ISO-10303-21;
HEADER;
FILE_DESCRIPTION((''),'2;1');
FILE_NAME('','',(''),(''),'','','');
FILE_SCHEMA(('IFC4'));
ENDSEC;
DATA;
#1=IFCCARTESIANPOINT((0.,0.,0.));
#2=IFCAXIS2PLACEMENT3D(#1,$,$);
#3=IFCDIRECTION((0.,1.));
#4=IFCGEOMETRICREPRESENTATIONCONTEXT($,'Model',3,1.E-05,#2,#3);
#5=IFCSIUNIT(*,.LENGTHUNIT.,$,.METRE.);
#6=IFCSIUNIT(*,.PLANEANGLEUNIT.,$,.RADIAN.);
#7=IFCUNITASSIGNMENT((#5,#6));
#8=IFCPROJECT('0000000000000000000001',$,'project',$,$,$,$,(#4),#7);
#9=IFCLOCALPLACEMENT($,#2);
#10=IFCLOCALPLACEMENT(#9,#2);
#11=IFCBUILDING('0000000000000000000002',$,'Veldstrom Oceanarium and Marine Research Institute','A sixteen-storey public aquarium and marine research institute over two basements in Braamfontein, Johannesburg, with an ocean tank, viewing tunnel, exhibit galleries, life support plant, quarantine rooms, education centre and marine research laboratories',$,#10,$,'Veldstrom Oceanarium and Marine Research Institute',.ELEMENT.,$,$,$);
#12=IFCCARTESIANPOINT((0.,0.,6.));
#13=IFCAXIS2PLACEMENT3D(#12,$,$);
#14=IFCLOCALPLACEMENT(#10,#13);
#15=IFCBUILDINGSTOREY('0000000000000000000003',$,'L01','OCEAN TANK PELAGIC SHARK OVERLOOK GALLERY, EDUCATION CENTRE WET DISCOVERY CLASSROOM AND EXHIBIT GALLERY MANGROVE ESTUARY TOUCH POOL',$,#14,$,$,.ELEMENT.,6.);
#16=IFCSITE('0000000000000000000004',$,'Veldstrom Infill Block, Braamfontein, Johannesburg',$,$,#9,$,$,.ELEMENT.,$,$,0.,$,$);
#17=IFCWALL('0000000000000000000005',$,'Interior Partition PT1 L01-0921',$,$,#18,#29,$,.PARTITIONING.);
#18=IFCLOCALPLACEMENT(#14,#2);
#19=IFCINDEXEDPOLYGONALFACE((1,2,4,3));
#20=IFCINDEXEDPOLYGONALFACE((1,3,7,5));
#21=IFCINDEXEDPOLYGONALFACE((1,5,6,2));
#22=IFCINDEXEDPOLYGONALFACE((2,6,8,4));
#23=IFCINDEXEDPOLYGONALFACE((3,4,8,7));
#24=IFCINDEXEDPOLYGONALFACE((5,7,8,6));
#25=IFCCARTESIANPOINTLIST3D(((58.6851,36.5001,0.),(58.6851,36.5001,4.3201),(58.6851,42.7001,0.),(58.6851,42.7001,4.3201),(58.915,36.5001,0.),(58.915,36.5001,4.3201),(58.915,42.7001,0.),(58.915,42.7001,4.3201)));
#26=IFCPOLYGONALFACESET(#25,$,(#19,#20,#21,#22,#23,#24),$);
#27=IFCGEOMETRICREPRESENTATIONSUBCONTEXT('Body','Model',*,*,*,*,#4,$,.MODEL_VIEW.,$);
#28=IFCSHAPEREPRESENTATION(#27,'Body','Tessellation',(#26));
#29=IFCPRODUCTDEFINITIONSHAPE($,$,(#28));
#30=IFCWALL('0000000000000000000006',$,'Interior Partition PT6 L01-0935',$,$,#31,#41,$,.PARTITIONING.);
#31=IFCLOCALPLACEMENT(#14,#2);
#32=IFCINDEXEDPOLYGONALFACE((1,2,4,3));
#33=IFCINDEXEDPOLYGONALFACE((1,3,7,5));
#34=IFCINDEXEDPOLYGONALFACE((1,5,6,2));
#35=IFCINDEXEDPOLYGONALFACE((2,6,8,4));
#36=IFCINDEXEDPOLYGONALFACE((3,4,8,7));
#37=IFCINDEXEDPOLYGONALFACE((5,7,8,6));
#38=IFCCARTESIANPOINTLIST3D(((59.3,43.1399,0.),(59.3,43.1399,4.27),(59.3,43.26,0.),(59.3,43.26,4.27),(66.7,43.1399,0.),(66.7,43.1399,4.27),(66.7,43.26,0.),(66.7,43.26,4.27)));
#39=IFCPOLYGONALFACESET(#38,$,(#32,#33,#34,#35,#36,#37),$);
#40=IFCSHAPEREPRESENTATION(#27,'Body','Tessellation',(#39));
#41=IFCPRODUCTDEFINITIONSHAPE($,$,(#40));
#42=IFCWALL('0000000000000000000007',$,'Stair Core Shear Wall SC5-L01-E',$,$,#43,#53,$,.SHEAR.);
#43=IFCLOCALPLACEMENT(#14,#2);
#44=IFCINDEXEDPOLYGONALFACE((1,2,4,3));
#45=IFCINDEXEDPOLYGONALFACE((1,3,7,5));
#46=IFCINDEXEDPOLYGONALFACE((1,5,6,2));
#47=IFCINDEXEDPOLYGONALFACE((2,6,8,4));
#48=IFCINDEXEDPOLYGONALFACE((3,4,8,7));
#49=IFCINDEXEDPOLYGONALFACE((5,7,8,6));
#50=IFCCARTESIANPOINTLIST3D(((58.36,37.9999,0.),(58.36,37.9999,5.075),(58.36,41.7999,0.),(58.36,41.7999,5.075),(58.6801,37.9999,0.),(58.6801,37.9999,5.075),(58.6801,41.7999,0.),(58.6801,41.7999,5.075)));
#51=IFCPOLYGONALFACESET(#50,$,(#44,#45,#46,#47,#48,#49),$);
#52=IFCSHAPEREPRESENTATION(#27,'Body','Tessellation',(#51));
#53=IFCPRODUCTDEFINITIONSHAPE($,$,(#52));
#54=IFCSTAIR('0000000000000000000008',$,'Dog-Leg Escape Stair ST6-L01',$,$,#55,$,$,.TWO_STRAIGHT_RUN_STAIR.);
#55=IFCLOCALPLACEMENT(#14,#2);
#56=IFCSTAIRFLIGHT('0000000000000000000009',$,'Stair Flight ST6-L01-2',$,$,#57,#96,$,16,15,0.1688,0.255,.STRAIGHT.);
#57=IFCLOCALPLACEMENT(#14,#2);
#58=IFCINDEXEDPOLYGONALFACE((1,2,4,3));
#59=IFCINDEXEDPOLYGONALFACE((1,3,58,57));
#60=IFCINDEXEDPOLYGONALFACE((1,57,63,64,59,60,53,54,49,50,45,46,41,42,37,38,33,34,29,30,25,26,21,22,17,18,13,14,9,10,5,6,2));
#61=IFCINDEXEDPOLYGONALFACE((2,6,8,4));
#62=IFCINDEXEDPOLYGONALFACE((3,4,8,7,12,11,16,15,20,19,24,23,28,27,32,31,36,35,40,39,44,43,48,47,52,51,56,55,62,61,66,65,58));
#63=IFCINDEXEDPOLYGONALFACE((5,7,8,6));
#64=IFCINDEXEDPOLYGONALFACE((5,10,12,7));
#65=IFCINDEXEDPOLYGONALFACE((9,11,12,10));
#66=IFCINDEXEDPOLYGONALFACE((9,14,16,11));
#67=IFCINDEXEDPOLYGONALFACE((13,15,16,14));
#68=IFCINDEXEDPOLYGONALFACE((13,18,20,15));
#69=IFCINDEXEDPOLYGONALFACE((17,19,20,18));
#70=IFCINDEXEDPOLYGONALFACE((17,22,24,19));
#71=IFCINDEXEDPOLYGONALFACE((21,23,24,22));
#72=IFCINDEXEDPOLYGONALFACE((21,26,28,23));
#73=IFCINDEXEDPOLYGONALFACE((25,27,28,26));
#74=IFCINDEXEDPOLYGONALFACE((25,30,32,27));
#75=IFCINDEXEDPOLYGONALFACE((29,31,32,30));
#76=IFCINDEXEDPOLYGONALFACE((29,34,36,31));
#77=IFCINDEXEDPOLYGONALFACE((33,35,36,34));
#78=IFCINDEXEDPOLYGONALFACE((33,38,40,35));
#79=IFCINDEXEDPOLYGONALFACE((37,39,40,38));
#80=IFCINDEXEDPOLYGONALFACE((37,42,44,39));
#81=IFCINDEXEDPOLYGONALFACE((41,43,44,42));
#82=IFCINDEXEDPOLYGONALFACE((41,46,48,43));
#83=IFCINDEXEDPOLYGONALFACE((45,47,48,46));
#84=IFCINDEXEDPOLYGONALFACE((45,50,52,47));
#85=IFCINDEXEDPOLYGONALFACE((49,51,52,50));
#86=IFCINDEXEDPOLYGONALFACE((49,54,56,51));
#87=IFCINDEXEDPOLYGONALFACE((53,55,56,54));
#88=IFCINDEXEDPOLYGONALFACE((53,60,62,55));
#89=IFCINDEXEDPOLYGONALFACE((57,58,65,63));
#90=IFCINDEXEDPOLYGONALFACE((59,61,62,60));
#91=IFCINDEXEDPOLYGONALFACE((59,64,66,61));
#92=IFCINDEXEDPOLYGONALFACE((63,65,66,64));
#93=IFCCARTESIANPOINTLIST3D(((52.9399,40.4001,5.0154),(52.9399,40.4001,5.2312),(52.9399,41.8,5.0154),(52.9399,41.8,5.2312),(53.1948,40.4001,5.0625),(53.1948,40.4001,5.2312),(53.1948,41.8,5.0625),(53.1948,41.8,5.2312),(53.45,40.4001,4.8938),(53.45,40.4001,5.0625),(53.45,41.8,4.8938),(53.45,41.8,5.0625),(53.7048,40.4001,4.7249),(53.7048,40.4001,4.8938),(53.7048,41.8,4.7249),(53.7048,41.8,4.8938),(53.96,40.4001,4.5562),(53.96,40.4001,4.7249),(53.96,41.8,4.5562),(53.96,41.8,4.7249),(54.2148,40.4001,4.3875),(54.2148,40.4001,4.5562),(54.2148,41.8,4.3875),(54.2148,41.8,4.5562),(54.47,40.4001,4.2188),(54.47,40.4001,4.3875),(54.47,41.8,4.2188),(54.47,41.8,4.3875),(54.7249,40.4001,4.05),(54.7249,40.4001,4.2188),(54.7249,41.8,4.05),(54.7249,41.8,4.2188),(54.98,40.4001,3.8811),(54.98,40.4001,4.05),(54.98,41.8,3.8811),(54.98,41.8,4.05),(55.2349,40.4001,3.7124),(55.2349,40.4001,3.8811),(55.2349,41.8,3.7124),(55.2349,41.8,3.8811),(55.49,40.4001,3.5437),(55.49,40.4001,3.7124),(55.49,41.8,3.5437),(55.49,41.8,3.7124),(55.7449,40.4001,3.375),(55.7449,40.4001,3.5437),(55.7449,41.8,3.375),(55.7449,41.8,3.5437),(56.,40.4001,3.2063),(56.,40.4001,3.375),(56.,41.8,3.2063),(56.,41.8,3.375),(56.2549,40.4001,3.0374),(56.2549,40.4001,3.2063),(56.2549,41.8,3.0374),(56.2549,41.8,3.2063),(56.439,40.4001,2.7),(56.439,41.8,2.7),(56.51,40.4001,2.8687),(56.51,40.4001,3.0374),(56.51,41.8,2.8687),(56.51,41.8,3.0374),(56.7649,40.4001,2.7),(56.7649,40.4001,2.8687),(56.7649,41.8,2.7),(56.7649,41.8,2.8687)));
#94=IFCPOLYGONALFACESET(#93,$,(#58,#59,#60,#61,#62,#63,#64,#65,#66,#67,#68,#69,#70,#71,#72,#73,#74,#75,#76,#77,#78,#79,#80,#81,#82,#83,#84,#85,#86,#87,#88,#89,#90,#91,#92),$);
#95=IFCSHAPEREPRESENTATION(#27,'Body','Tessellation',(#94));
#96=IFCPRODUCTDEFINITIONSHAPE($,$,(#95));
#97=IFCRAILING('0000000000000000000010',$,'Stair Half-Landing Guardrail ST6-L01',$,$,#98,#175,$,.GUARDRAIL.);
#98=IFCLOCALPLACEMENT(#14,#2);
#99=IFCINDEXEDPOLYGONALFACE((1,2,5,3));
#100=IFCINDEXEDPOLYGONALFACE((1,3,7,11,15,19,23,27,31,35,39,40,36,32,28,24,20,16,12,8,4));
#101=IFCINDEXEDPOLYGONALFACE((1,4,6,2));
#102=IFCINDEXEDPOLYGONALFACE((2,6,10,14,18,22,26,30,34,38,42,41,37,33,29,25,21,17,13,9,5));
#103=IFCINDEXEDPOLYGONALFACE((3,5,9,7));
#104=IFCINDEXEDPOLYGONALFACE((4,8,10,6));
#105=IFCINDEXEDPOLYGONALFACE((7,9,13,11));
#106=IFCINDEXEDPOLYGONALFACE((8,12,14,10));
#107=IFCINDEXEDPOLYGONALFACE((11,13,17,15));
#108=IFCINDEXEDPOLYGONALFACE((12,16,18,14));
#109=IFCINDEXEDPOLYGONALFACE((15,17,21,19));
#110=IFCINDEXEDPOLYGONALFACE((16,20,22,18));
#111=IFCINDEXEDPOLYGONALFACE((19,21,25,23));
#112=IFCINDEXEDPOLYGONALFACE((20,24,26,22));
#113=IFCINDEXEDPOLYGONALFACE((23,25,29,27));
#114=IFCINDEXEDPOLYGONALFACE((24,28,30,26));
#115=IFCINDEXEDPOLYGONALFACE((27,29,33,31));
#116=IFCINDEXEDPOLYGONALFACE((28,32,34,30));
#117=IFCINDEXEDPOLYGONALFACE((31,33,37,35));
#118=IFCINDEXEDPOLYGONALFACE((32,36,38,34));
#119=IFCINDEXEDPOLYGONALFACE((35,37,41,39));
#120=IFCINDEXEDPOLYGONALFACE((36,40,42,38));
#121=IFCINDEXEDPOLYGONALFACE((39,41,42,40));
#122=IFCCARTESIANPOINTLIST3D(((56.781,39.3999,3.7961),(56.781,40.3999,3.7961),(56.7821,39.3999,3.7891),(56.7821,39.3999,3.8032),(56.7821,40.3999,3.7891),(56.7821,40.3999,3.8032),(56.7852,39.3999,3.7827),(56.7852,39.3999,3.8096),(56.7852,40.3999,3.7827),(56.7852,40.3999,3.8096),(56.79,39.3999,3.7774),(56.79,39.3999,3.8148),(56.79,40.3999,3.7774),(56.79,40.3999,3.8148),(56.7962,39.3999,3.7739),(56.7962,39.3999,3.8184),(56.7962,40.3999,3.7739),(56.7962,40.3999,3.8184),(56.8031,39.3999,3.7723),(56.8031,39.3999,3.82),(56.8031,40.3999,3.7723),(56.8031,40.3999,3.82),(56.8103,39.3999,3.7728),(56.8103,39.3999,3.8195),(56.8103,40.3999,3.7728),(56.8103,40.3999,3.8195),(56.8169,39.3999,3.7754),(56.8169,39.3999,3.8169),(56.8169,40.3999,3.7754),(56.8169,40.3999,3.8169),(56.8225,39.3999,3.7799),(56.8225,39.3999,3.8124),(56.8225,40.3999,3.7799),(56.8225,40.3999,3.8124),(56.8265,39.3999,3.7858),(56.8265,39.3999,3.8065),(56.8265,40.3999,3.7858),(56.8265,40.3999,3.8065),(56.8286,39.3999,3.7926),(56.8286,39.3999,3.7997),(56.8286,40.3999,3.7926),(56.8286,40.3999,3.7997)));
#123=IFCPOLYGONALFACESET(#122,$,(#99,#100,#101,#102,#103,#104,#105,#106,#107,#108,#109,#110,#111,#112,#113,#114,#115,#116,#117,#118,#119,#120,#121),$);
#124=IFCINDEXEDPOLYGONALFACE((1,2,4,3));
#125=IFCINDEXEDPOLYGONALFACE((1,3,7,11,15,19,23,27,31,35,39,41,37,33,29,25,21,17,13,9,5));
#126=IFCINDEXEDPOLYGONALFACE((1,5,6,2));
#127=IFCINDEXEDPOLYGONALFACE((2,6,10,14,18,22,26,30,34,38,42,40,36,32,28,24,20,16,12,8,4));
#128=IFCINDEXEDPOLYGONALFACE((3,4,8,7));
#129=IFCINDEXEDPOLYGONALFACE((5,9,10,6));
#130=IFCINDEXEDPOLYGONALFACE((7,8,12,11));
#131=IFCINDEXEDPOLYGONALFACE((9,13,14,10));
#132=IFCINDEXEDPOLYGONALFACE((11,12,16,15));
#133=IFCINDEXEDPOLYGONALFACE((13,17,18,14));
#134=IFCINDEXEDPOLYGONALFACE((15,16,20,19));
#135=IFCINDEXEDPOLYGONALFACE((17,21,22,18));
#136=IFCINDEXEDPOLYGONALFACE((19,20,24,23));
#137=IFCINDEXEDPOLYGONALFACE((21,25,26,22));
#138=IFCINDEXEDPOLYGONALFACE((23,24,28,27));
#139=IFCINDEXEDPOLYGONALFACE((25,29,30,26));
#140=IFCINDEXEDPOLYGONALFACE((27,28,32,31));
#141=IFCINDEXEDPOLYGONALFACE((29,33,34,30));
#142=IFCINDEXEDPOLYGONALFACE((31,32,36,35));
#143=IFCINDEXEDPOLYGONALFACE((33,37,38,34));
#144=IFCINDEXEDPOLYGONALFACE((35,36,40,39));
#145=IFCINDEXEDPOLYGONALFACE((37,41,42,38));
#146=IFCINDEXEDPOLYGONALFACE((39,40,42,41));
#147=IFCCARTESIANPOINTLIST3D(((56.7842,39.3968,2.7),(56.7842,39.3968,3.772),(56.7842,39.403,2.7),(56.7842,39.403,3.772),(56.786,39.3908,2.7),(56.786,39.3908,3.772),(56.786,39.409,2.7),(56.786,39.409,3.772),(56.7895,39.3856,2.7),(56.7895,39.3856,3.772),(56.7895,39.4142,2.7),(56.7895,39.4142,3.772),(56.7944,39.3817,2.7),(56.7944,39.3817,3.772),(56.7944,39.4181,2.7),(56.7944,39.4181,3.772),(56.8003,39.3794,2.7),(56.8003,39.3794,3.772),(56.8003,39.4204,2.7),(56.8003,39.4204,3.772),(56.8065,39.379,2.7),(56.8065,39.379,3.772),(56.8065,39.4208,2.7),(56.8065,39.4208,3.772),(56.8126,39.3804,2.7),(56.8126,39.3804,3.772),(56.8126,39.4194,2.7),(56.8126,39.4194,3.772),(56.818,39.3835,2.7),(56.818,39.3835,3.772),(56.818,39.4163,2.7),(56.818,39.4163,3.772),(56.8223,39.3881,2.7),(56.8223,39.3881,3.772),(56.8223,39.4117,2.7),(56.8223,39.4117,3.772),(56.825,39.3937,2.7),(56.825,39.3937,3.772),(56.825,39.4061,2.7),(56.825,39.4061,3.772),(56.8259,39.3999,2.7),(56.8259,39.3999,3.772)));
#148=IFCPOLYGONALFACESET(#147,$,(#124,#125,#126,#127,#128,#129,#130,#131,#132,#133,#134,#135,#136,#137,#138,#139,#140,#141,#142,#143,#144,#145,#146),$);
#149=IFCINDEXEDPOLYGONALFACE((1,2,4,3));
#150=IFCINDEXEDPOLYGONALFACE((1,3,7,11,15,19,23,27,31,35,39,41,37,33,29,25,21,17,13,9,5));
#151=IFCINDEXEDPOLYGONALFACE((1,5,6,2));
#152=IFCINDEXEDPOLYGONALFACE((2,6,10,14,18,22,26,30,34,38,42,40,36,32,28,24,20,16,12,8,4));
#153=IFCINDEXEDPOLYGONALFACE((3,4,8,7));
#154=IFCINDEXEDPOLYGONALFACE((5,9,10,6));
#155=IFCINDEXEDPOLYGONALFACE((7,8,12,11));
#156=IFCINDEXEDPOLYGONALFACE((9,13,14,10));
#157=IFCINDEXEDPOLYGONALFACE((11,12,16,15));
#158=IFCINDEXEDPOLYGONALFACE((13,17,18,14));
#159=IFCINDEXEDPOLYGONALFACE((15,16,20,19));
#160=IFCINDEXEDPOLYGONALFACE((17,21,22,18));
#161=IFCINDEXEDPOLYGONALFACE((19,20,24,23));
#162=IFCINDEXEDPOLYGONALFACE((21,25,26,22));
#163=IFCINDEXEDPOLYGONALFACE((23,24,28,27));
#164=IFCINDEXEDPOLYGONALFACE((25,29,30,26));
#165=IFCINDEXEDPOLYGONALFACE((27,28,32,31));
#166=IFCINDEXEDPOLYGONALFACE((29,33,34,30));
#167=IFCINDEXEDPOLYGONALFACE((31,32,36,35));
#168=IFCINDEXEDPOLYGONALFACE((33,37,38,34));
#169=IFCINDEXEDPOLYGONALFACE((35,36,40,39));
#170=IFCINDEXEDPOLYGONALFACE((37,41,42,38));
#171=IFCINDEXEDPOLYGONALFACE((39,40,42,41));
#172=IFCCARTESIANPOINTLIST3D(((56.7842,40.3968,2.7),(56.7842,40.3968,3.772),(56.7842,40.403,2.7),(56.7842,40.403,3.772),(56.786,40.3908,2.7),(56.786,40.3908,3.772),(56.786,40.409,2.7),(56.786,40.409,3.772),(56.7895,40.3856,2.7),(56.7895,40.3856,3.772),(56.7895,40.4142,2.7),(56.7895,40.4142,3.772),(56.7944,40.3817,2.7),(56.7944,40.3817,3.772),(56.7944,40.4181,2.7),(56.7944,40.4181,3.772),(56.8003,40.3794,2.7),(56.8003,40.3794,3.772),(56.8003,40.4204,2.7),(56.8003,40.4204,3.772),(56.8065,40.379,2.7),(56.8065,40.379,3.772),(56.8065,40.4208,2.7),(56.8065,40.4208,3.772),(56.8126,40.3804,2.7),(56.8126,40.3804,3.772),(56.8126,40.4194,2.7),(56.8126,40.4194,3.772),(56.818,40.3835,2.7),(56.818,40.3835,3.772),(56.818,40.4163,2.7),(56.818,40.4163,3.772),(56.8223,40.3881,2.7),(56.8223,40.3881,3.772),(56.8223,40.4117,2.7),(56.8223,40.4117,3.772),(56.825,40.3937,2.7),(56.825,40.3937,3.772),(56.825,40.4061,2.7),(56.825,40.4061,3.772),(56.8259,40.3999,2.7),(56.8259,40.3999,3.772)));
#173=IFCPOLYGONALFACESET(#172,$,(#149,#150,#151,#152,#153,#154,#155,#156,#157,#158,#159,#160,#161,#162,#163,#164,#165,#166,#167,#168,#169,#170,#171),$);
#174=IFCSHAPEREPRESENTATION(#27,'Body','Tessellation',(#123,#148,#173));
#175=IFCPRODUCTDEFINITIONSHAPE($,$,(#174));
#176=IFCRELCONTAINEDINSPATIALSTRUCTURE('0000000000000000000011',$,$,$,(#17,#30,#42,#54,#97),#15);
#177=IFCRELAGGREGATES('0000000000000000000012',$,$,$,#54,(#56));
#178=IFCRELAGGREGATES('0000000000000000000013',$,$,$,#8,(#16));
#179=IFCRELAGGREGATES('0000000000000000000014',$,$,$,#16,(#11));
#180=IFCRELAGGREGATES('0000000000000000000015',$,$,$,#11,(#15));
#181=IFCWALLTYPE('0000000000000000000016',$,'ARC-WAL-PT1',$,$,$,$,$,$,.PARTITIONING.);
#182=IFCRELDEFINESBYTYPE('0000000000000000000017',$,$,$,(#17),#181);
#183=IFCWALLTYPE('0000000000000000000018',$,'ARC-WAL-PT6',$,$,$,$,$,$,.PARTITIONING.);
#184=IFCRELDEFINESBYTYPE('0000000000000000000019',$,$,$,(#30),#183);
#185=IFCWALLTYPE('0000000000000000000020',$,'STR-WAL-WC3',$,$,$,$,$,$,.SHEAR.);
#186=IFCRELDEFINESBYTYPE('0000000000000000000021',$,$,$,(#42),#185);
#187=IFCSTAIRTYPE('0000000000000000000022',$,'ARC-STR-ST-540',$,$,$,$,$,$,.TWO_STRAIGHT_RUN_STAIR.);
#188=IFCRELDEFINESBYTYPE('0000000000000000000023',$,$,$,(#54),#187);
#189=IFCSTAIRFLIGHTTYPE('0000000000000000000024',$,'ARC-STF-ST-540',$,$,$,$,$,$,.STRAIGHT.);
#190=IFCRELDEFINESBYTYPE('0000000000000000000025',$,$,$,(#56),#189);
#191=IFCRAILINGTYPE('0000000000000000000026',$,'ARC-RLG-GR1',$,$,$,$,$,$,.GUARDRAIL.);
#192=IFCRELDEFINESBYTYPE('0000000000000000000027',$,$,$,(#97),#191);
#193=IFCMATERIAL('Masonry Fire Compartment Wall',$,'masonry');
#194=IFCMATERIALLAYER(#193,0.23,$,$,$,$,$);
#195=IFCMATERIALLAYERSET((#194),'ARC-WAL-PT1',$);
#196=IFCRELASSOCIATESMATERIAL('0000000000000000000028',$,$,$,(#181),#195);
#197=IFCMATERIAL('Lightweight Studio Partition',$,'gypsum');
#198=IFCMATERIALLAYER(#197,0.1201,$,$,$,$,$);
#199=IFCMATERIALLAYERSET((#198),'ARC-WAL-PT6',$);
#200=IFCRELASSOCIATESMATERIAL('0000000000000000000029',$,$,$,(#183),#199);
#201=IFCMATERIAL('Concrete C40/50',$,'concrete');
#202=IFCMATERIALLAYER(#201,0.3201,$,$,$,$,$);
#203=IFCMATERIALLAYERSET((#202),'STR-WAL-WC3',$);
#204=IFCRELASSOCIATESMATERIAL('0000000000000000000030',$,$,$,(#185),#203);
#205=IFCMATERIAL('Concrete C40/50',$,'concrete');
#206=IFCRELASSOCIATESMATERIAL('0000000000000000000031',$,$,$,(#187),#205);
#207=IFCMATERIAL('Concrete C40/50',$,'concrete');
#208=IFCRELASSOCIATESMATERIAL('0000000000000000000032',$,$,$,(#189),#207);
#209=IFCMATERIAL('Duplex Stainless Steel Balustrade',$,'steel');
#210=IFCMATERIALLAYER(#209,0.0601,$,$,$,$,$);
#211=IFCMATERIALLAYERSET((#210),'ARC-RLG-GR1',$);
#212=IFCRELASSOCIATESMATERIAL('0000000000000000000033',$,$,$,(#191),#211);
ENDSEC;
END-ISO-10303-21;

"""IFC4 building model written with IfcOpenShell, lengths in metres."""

from ifc_helpers import new_model, si_unit, direction, frame, frame_2d, origin, origin_2d, place, context, subcontext, project, spatial, polyline, rectangle, circle, outline, extrude, material, layer, layer_set, type_object, element, aggregate, save


model = new_model("IFC4")

# Units and contexts
model_context = context("Model", 3, precision=1e-05, world=origin(), true_north=direction((0.0, 1.0)))
body_context = subcontext(model_context, "Body", "Model", "MODEL_VIEW")
ifc_project = project(units=[si_unit("LENGTHUNIT", "METRE"), si_unit("PLANEANGLEUNIT", "RADIAN")], contexts=[model_context])

# Site, building, storey
site_placement = place(None, origin())
site = spatial("IfcSite", under=ifc_project, at=site_placement, Name="Veldstrom Infill Block, Braamfontein, Johannesburg", CompositionType="ELEMENT", RefElevation=0.0)
building_placement = place(site_placement, origin())
building = spatial("IfcBuilding", under=site, at=building_placement, Name="Veldstrom Oceanarium and Marine Research Institute", Description="A sixteen-storey public aquarium and marine research institute over two basements in Braamfontein, Johannesburg, with an ocean tank, viewing tunnel, exhibit galleries, life support plant, quarantine rooms, education centre and marine research laboratories", LongName="Veldstrom Oceanarium and Marine Research Institute", CompositionType="ELEMENT")
storey_placement = place(building_placement, frame((0.0, 0.0, 6.0)))
storey = spatial("IfcBuildingStorey", under=building, at=storey_placement, Name="L01", Description="OCEAN TANK PELAGIC SHARK OVERLOOK GALLERY, EDUCATION CENTRE WET DISCOVERY CLASSROOM AND EXHIBIT GALLERY MANGROVE ESTUARY TOUCH POOL", CompositionType="ELEMENT", Elevation=6.0)

# Walls
ifc_material_1 = material(Name="Masonry Fire Compartment Wall", Category="masonry")
ifc_layer_1 = layer(ifc_material_1, 0.23)
ifc_layer_set_1 = layer_set([ifc_layer_1], Name="ARC-WAL-PT1")
wall_type_1 = type_object("IfcWallType", Name="ARC-WAL-PT1", PredefinedType="PARTITIONING", material=ifc_layer_set_1)
wall_1_placement = place(storey_placement, frame((58.8, 36.5, 0.0), z_axis=(0.0, 0.0, 1.0), x_axis=(0.0, 1.0, 0.0)))
element("IfcWall", 1, at=wall_1_placement, inside=storey, type_object=wall_type_1, Name="Interior Partition PT1 L01-0921", PredefinedType="PARTITIONING", context=body_context, shape_type="SweptSolid", body=[
    extrude(rectangle(XDim=6.2, YDim=0.23, at=frame_2d((3.1001, 0.0))), origin(), (0.0, 0.0, 1.0), 4.3201),
])
ifc_material_2 = material(Name="Lightweight Studio Partition", Category="gypsum")
ifc_layer_2 = layer(ifc_material_2, 0.1201)
ifc_layer_set_2 = layer_set([ifc_layer_2], Name="ARC-WAL-PT6")
wall_type_2 = type_object("IfcWallType", Name="ARC-WAL-PT6", PredefinedType="PARTITIONING", material=ifc_layer_set_2)
wall_2_placement = place(storey_placement, frame((59.3, 43.2, 0.0), z_axis=(0.0, 0.0, 1.0), x_axis=(1.0, 0.0, 0.0)))
element("IfcWall", 2, at=wall_2_placement, inside=storey, type_object=wall_type_2, Name="Interior Partition PT6 L01-0935", PredefinedType="PARTITIONING", context=body_context, shape_type="SweptSolid", body=[
    extrude(rectangle(XDim=7.3999, YDim=0.1201, at=frame_2d((3.7, 0.0))), origin(), (0.0, 0.0, 1.0), 4.27),
])
ifc_material_3 = material(Name="Concrete C40/50", Category="concrete")
ifc_layer_3 = layer(ifc_material_3, 0.3201)
ifc_layer_set_3 = layer_set([ifc_layer_3], Name="STR-WAL-WC3")
wall_type_3 = type_object("IfcWallType", Name="STR-WAL-WC3", PredefinedType="SHEAR", material=ifc_layer_set_3)
wall_3_placement = place(storey_placement, frame((58.52, 38.0, 0.0), z_axis=(0.0, 0.0, 1.0), x_axis=(0.0, 1.0, 0.0)))
element("IfcWall", 3, at=wall_3_placement, inside=storey, type_object=wall_type_3, Name="Stair Core Shear Wall SC5-L01-E", PredefinedType="SHEAR", context=body_context, shape_type="SweptSolid", body=[
    extrude(rectangle(XDim=3.8, YDim=0.3201, at=frame_2d((1.8999, 0.0))), origin(), (0.0, 0.0, 1.0), 5.075),
])

# Stair, stair flight
ifc_material_4 = material(Name="Concrete C40/50", Category="concrete")
stair_type = type_object("IfcStairType", Name="ARC-STR-ST-540", PredefinedType="TWO_STRAIGHT_RUN_STAIR", material=ifc_material_4)
stair_placement = place(storey_placement, origin())
stair = element("IfcStair", 4, at=stair_placement, inside=storey, type_object=stair_type, Name="Dog-Leg Escape Stair ST6-L01", PredefinedType="TWO_STRAIGHT_RUN_STAIR")
ifc_material_5 = material(Name="Concrete C40/50", Category="concrete")
stair_flight_type = type_object("IfcStairFlightType", Name="ARC-STF-ST-540", PredefinedType="STRAIGHT", material=ifc_material_5)
stair_flight_placement = place(storey_placement, frame((56.7649, 41.1001, 2.7), z_axis=(0.0, 0.0, 1.0), x_axis=(-1.0, 0.0, 0.0)))
stair_flight = element("IfcStairFlight", 5, at=stair_flight_placement, type_object=stair_flight_type, Name="Stair Flight ST6-L01-2", NumberOfRisers=16, NumberOfTreads=15, PredefinedType="STRAIGHT", RiserHeight=0.1688, TreadLength=0.255, context=body_context, shape_type="SweptSolid", body=[
    extrude(outline(polyline([(0.0, 0.0), (0.0, 0.1687), (0.2549, 0.1687), (0.2549, 0.3374), (0.51, 0.3374), (0.51, 0.5063), (0.7649, 0.5063), (0.7649, 0.675), (1.02, 0.675), (1.02, 0.8438), (1.2749, 0.8438), (1.2749, 1.0125), (1.53, 1.0125), (1.53, 1.1812), (1.7849, 1.1812), (1.7849, 1.3501), (2.04, 1.3501), (2.04, 1.5188), (2.2949, 1.5188), (2.2949, 1.6875), (2.55, 1.6875), (2.55, 1.8562), (2.8049, 1.8562), (2.8049, 2.0249), (3.0601, 2.0249), (3.0601, 2.1938), (3.3149, 2.1938), (3.3149, 2.3625), (3.5701, 2.3625), (3.5701, 2.5312), (3.825, 2.5312), (3.825, 2.7), (3.825, 2.3154), (0.3259, 0.0), (0.0, 0.0)])), frame((0.0, 0.7, 0.0), z_axis=(0.0, -1.0, 0.0), x_axis=(1.0, 0.0, 0.0)), (0.0, 0.0, 1.0), 1.3999),
])
aggregate(stair, [stair_flight])

# Railing
ifc_material_6 = material(Name="Duplex Stainless Steel Balustrade", Category="steel")
ifc_layer_4 = layer(ifc_material_6, 0.0601)
ifc_layer_set_4 = layer_set([ifc_layer_4], Name="ARC-RLG-GR1")
railing_type_1 = type_object("IfcRailingType", Name="ARC-RLG-GR1", PredefinedType="GUARDRAIL", material=ifc_layer_set_4)
railing_1_placement = place(storey_placement, frame((56.8049, 39.3999, 2.7)))
element("IfcRailing", 6, at=railing_1_placement, inside=storey, type_object=railing_type_1, Name="Stair Half-Landing Guardrail ST6-L01", PredefinedType="GUARDRAIL", context=body_context, shape_type="SweptSolid", body=[
    extrude(circle(Radius=0.0239, at=origin_2d()), frame((0.0, 0.0, 1.0962), z_axis=(0.0, 1.0, 0.0), x_axis=(-1.0, 0.0, 0.0)), (0.0, 0.0, 1.0), 1.0),
    extrude(circle(Radius=0.021, at=origin_2d()), origin(), (0.0, 0.0, 1.0), 1.072),
    extrude(circle(Radius=0.021, at=origin_2d()), frame((0.0, 1.0, 0.0)), (0.0, 0.0, 1.0), 1.072),
])

save(model, "model.ifc")
